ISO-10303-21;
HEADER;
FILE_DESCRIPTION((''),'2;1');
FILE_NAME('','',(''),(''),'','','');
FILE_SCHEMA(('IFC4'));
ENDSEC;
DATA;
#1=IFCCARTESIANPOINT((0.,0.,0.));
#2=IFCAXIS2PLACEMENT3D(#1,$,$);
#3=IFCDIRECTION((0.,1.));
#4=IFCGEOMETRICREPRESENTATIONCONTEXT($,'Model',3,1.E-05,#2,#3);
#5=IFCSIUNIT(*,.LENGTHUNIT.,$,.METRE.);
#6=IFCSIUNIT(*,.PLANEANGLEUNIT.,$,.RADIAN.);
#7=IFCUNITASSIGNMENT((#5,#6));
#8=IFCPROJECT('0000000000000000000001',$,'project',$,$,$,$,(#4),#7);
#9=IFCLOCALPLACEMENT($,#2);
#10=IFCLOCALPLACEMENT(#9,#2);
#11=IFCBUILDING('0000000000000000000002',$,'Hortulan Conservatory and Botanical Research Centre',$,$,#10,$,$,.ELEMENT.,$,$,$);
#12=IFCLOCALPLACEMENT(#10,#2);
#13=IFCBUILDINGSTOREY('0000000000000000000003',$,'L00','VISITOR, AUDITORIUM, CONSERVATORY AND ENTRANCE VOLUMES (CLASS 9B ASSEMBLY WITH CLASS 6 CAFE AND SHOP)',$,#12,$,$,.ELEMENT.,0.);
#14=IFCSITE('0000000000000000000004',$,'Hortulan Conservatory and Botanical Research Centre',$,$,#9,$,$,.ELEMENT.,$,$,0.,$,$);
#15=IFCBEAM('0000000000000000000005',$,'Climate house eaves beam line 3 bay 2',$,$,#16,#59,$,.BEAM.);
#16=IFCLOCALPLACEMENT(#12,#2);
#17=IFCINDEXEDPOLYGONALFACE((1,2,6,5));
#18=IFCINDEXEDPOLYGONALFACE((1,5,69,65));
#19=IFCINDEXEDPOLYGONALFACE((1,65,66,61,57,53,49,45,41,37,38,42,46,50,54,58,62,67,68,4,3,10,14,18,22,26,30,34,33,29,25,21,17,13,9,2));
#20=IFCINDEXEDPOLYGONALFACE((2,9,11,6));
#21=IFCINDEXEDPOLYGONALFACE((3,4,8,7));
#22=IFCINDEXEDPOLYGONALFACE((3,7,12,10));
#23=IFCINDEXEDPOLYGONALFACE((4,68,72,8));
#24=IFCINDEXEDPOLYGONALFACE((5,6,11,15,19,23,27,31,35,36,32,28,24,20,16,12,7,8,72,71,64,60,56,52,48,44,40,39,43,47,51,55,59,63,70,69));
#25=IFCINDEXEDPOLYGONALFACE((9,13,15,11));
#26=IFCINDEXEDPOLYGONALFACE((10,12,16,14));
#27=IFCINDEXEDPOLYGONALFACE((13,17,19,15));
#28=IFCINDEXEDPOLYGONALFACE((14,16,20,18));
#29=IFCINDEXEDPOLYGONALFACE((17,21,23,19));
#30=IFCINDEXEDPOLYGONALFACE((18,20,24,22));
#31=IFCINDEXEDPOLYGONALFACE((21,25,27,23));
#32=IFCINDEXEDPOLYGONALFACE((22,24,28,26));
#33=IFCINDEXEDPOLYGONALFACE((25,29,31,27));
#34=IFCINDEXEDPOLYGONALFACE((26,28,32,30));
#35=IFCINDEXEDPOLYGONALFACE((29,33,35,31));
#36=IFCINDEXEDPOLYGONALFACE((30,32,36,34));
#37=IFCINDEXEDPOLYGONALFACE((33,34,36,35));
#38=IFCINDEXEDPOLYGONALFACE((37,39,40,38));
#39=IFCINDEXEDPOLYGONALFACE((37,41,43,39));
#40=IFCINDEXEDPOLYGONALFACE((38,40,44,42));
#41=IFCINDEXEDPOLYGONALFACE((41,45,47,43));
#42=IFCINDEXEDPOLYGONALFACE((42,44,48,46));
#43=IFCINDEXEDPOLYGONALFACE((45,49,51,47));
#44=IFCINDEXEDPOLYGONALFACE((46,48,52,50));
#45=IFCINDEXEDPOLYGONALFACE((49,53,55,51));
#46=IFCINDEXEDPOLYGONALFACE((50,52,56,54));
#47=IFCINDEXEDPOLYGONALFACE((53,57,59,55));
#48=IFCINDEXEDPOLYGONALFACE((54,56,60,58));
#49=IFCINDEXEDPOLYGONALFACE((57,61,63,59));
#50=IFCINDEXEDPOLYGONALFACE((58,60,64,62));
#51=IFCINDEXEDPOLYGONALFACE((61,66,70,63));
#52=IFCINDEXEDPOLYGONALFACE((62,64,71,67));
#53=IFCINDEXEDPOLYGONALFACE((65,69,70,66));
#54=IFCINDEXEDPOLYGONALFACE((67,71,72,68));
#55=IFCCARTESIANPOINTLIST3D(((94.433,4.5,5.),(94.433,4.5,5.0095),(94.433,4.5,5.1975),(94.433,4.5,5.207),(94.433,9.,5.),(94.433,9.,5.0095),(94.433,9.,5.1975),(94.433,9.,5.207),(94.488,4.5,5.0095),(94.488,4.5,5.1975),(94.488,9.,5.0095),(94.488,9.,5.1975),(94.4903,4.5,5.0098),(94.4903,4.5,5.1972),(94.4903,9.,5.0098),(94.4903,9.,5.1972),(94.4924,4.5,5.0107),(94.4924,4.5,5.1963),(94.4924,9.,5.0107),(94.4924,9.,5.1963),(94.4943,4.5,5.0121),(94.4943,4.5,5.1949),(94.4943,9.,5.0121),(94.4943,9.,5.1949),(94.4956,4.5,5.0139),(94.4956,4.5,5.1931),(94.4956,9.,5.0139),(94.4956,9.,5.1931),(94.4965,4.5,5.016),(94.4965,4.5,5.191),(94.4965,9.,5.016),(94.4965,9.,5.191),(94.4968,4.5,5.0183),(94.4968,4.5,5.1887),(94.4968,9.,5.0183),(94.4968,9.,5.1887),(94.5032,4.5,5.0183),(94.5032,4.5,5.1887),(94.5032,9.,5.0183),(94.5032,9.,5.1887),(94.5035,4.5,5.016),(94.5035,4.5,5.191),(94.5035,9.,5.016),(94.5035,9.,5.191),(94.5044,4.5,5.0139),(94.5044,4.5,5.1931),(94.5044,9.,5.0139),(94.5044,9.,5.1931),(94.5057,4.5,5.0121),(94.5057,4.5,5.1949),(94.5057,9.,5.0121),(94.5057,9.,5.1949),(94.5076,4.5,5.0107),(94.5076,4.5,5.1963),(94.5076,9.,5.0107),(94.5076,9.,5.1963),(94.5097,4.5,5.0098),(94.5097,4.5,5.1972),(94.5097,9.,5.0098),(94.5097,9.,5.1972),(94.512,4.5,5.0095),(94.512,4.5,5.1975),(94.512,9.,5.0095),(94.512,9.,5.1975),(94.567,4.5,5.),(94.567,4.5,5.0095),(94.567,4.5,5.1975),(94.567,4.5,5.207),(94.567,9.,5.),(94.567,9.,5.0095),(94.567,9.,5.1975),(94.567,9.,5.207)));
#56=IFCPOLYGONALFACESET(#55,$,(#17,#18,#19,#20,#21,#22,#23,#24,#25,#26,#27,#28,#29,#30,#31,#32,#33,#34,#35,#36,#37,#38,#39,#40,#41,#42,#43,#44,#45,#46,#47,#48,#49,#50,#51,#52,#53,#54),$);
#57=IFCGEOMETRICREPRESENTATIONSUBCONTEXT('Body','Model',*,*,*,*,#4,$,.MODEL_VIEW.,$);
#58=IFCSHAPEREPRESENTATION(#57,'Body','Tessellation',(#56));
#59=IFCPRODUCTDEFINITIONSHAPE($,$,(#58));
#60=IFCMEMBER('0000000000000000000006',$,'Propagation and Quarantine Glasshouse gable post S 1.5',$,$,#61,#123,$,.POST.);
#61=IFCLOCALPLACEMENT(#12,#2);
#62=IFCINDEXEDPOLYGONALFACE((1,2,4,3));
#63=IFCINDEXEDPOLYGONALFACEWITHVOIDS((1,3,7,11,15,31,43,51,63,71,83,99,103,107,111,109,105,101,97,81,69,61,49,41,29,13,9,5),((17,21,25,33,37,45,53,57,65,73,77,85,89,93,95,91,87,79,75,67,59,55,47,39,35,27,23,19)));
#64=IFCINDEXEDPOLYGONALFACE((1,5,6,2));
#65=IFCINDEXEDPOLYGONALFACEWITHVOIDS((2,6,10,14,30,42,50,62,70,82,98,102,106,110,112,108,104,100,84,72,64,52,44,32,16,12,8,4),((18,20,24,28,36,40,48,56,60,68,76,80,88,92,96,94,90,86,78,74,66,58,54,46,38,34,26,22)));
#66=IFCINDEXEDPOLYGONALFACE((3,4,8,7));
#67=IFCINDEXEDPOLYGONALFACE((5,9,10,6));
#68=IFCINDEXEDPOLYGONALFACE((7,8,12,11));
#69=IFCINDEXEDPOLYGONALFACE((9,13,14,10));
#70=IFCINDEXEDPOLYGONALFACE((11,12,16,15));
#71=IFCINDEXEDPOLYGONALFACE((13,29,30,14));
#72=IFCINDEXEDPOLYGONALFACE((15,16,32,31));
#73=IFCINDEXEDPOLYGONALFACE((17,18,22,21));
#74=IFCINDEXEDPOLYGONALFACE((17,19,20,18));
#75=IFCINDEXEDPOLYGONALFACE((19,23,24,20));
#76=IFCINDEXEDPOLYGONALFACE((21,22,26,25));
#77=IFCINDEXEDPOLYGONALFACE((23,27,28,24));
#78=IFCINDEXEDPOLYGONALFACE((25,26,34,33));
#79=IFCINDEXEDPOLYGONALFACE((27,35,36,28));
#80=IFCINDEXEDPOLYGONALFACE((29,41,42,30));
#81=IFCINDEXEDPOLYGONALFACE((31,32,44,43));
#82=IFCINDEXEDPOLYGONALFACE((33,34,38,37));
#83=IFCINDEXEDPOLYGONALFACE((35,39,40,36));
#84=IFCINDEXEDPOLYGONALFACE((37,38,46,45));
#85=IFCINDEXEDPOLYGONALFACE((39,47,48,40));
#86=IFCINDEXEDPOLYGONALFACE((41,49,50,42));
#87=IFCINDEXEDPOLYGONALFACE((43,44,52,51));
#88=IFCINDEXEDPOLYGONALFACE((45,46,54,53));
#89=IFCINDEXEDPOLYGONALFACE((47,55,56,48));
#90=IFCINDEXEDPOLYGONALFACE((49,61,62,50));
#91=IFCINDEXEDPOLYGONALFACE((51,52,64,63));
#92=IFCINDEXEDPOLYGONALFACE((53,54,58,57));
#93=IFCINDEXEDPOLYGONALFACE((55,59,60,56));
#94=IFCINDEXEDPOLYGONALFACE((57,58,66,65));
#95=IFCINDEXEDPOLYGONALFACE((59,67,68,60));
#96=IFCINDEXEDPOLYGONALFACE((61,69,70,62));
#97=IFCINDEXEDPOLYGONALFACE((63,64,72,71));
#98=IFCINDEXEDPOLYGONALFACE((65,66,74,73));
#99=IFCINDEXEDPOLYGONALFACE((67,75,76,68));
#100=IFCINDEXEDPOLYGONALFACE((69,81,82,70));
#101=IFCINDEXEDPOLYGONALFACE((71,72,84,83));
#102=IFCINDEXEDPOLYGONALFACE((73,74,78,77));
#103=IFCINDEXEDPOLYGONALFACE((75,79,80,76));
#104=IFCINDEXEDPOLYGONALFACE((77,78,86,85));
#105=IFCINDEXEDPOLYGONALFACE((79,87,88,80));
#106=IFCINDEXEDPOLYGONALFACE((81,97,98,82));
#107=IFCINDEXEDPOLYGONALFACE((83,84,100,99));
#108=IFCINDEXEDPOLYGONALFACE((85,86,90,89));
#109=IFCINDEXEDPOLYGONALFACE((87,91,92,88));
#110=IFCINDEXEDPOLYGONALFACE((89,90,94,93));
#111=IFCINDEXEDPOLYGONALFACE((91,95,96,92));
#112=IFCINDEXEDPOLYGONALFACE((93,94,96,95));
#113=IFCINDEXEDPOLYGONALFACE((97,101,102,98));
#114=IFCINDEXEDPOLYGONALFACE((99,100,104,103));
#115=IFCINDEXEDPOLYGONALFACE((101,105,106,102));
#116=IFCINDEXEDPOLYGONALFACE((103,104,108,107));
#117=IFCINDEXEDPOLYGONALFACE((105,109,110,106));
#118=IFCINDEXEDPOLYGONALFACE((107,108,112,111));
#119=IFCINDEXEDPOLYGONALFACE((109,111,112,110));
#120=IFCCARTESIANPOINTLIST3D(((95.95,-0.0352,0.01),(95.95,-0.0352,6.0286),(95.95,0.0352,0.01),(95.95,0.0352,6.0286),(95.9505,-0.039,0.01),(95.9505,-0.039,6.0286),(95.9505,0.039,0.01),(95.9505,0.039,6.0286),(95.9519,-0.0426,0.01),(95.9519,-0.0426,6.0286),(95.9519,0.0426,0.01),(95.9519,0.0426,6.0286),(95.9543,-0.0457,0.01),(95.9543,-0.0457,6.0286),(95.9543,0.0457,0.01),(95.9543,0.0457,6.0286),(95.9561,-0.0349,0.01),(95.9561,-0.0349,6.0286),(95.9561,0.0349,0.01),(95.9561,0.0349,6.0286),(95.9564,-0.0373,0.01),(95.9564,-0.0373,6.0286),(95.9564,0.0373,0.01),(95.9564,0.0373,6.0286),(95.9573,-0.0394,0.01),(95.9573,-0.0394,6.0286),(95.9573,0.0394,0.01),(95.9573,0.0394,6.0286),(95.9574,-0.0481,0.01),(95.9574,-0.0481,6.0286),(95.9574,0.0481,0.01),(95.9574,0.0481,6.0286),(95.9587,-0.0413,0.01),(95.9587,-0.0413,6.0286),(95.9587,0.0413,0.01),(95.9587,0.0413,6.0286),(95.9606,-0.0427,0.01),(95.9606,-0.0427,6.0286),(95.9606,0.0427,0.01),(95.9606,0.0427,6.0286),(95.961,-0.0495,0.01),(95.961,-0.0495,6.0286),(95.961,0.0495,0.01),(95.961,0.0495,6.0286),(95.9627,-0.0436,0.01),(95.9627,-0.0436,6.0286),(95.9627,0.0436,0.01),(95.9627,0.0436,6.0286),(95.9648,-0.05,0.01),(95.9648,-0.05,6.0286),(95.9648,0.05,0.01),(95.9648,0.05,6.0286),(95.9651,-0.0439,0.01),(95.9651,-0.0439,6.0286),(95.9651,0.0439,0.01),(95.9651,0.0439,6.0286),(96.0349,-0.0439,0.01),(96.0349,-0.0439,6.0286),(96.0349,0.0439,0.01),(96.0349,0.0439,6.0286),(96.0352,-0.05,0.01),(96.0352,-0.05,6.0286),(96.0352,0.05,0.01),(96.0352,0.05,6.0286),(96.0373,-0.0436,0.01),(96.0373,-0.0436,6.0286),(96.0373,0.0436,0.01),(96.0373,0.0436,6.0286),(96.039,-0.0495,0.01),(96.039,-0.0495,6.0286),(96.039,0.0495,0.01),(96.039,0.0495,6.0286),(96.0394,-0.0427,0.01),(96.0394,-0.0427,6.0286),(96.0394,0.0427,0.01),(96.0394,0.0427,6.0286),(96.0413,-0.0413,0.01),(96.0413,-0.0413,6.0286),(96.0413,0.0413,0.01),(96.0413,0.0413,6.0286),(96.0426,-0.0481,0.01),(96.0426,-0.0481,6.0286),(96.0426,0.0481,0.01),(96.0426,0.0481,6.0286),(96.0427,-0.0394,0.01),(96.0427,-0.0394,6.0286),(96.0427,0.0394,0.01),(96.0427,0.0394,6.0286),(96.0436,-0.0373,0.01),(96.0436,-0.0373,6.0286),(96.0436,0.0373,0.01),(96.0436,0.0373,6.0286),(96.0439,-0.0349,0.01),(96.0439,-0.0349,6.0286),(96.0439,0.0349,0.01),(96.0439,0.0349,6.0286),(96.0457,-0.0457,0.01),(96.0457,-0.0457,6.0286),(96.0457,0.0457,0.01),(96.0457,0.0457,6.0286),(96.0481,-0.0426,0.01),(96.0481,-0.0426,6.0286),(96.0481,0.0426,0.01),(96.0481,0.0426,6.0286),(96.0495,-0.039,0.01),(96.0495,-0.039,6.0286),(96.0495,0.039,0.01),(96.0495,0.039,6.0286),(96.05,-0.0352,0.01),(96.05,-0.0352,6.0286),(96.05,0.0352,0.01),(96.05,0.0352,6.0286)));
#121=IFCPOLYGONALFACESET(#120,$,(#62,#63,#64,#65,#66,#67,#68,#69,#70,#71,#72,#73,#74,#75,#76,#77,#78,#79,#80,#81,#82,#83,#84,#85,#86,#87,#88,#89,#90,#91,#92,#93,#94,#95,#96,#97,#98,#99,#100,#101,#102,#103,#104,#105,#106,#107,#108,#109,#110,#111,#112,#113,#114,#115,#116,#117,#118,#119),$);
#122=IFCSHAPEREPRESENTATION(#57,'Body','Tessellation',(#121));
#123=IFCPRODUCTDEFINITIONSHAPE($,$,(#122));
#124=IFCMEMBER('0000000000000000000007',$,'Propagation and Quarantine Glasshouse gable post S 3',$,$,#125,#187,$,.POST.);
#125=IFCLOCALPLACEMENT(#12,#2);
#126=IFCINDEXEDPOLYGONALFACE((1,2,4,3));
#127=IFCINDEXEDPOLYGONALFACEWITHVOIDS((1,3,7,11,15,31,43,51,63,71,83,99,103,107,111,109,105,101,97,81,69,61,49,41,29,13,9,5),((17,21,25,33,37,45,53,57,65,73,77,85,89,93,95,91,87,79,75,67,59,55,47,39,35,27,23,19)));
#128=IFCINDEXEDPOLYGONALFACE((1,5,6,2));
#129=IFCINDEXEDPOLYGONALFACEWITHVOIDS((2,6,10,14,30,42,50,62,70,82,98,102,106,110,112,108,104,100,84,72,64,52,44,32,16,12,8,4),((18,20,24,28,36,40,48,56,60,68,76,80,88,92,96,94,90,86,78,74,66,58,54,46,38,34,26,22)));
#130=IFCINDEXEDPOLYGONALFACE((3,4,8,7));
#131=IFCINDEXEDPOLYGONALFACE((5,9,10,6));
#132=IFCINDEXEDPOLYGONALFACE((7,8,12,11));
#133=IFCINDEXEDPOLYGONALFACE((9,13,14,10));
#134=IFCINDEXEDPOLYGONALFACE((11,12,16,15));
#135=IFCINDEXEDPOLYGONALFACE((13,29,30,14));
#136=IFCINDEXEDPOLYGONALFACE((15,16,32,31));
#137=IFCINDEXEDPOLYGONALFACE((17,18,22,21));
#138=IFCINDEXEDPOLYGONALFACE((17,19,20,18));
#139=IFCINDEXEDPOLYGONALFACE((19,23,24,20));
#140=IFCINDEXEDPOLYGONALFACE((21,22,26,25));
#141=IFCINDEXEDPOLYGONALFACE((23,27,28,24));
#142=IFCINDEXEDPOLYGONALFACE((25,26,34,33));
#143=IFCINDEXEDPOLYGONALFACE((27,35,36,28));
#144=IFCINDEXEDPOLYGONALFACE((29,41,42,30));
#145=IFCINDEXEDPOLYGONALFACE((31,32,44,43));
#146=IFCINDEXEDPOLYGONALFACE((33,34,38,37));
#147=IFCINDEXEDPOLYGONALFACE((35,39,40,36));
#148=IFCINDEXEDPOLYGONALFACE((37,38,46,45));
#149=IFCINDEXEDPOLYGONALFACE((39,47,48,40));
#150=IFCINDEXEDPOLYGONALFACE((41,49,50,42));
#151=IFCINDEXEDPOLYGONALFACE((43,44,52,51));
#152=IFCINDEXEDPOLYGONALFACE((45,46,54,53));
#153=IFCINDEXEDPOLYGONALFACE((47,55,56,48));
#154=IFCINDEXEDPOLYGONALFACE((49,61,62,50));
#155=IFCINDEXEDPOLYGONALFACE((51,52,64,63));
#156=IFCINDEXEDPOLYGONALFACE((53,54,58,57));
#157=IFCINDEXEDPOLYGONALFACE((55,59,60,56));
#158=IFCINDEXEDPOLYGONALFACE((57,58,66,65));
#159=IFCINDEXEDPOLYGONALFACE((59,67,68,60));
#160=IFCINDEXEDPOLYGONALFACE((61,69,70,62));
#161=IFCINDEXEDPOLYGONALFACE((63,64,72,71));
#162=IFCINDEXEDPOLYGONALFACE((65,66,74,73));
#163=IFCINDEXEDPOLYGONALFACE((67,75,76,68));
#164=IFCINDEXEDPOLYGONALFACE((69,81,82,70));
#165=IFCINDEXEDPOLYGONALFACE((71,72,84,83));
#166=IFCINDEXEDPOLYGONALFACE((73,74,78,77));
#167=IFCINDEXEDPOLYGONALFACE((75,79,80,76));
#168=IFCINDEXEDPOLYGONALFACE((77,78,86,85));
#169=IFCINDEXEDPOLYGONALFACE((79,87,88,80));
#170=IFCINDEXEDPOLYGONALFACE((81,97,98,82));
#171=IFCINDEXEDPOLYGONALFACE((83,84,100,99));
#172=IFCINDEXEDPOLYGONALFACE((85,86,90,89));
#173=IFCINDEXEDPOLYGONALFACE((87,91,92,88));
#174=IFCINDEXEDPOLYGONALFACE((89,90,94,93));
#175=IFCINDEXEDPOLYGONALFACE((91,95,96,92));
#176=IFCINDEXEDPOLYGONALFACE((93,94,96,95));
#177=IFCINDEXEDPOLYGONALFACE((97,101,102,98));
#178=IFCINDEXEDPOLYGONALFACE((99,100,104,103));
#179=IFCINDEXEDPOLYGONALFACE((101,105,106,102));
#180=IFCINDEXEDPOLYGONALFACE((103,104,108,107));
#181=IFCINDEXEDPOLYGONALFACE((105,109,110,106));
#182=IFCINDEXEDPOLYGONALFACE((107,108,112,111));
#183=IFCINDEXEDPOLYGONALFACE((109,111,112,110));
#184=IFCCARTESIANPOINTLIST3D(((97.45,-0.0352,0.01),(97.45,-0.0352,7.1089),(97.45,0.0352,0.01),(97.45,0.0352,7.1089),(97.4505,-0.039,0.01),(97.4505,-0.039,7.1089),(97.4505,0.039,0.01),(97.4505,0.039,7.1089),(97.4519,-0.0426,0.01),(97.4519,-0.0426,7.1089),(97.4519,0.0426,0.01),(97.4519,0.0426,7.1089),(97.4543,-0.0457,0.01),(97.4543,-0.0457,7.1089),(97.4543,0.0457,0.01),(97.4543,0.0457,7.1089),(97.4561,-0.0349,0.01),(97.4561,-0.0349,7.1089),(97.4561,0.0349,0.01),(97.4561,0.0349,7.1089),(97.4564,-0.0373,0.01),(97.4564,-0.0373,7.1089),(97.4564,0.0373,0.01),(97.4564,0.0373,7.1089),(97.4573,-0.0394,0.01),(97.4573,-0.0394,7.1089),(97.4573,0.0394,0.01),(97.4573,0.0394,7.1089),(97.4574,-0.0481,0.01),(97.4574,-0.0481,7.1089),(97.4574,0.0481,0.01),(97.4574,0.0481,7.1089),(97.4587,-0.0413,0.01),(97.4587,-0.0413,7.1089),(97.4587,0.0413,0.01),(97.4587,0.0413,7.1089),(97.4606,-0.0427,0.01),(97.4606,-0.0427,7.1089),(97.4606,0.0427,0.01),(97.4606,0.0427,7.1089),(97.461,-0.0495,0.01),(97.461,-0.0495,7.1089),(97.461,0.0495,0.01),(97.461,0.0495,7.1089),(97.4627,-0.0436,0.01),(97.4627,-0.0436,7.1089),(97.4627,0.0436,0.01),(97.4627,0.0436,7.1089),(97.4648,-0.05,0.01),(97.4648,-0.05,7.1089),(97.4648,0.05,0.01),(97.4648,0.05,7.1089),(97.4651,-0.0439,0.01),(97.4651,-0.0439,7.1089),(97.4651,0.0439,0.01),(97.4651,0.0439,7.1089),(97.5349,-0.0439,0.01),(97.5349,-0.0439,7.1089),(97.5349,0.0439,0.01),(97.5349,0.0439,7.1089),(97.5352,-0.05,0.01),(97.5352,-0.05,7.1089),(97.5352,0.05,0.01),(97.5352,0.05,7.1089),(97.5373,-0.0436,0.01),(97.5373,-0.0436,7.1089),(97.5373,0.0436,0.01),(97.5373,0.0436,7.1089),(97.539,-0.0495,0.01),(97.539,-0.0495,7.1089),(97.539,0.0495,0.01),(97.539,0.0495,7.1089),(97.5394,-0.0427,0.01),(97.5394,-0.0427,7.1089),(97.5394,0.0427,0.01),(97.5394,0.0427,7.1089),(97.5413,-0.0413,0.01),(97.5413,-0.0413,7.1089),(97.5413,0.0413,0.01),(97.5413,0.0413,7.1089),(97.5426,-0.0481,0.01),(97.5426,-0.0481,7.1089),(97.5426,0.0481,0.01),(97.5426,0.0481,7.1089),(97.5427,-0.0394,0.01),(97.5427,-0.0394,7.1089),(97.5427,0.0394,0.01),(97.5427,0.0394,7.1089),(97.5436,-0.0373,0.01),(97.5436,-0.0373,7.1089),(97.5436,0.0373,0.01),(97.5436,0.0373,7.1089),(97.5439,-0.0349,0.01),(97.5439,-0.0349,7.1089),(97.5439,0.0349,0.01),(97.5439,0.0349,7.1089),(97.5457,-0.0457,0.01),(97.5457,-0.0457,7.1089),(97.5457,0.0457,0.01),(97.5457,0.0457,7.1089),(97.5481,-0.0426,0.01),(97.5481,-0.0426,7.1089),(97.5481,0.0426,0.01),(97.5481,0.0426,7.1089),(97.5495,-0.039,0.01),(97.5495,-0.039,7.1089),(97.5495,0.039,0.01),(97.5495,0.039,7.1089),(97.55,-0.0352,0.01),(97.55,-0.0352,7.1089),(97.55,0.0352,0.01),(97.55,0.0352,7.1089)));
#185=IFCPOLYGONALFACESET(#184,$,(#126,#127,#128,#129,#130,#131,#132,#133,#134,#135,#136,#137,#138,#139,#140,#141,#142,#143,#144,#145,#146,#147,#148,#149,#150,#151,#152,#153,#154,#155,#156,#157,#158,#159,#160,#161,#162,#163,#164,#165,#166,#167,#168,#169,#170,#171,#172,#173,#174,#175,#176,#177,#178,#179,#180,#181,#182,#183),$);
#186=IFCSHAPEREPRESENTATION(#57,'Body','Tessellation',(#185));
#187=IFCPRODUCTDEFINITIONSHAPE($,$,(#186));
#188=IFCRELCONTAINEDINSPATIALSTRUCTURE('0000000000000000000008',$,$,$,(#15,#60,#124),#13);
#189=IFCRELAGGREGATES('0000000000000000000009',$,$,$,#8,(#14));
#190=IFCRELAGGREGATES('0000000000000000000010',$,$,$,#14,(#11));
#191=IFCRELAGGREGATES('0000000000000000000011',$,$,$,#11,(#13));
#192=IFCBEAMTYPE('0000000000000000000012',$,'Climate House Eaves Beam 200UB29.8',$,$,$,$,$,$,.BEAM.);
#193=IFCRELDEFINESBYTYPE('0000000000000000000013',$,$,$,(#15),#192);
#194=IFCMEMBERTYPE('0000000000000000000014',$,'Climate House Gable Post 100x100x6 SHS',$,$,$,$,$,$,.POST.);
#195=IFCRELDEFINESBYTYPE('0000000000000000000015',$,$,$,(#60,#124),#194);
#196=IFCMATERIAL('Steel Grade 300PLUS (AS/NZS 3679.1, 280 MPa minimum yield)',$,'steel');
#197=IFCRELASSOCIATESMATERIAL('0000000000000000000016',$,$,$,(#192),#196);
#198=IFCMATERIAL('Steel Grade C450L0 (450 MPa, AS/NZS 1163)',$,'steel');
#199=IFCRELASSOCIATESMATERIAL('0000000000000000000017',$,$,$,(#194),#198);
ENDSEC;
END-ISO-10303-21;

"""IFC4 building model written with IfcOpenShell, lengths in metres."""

from ifc_helpers import new_model, si_unit, direction, frame, origin, origin_2d, place, context, subcontext, project, spatial, hollow_rectangle, i_section, extrude, material, material_profile, profile_set, type_object, element, save


model = new_model("IFC4")

# Units and contexts
model_context = context("Model", 3, precision=1e-05, world=origin(), true_north=direction((0.0, 1.0)))
body_context = subcontext(model_context, "Body", "Model", "MODEL_VIEW")
ifc_project = project(units=[si_unit("LENGTHUNIT", "METRE"), si_unit("PLANEANGLEUNIT", "RADIAN")], contexts=[model_context])

# Site, building, storey
site_placement = place(None, origin())
site = spatial("IfcSite", under=ifc_project, at=site_placement, Name="Hortulan Conservatory and Botanical Research Centre", CompositionType="ELEMENT", RefElevation=0.0)
building_placement = place(site_placement, origin())
building = spatial("IfcBuilding", under=site, at=building_placement, Name="Hortulan Conservatory and Botanical Research Centre", CompositionType="ELEMENT")
storey_placement = place(building_placement, origin())
storey = spatial("IfcBuildingStorey", under=building, at=storey_placement, Name="L00", Description="VISITOR, AUDITORIUM, CONSERVATORY AND ENTRANCE VOLUMES (CLASS 9B ASSEMBLY WITH CLASS 6 CAFE AND SHOP)", CompositionType="ELEMENT", Elevation=0.0)

# Shared definitions
ifc_material_1 = material(Name="Steel Grade 300PLUS (AS/NZS 3679.1, 280 MPa minimum yield)", Category="steel")

# Beam
ifc_material_profile_1 = material_profile(ifc_material_1, i_section(OverallWidth=0.134, OverallDepth=0.207, WebThickness=0.0063, FlangeThickness=0.0095, FilletRadius=0.0088, at=origin_2d()), Name="200UB29.8")
ifc_profile_set_1 = profile_set([ifc_material_profile_1], Name="Steel Grade 300PLUS (AS/NZS 3679.1, 280 MPa minimum yield)")
beam_type = type_object("IfcBeamType", Name="Climate House Eaves Beam 200UB29.8", PredefinedType="BEAM", material=ifc_profile_set_1)
beam_placement = place(storey_placement, frame((94.5, 4.5, 5.1035), z_axis=(0.0, 1.0, 0.0), x_axis=(-1.0, 0.0, 0.0)))
element("IfcBeam", 1, at=beam_placement, inside=storey, type_object=beam_type, Name="Climate house eaves beam line 3 bay 2", PredefinedType="BEAM", context=body_context, shape_type="SweptSolid", body=[
    extrude(i_section(OverallWidth=0.134, OverallDepth=0.207, WebThickness=0.0063, FlangeThickness=0.0095, FilletRadius=0.0088, at=origin_2d()), origin(), (0.0, 0.0, 1.0), 4.5),
])

# Members
ifc_material_2 = material(Name="Steel Grade C450L0 (450 MPa, AS/NZS 1163)", Category="steel")
ifc_material_profile_2 = material_profile(ifc_material_2, hollow_rectangle(XDim=0.1001, YDim=0.1001, WallThickness=0.0061, InnerFilletRadius=0.009, OuterFilletRadius=0.0149, at=origin_2d()), Name="100x100x6SHS")
ifc_profile_set_2 = profile_set([ifc_material_profile_2], Name="Steel Grade C450L0 (450 MPa, AS/NZS 1163)")
member_type_1 = type_object("IfcMemberType", Name="Climate House Gable Post 100x100x6 SHS", PredefinedType="POST", material=ifc_profile_set_2)
member_1_placement = place(storey_placement, frame((96.0, 0.0, 0.01), z_axis=(0.0, 0.0, 1.0), x_axis=(1.0, 0.0, 0.0)))
element("IfcMember", 2, at=member_1_placement, inside=storey, type_object=member_type_1, Name="Propagation and Quarantine Glasshouse gable post S 1.5", PredefinedType="POST", context=body_context, shape_type="SweptSolid", body=[
    extrude(hollow_rectangle(XDim=0.1001, YDim=0.1001, WallThickness=0.0061, InnerFilletRadius=0.009, OuterFilletRadius=0.0149, at=origin_2d()), origin(), (0.0, 0.0, 1.0), 6.0186),
])
member_2_placement = place(storey_placement, frame((97.5, 0.0, 0.01), z_axis=(0.0, 0.0, 1.0), x_axis=(1.0, 0.0, 0.0)))
element("IfcMember", 3, at=member_2_placement, inside=storey, type_object=member_type_1, Name="Propagation and Quarantine Glasshouse gable post S 3", PredefinedType="POST", context=body_context, shape_type="SweptSolid", body=[
    extrude(hollow_rectangle(XDim=0.1001, YDim=0.1001, WallThickness=0.0061, InnerFilletRadius=0.009, OuterFilletRadius=0.0149, at=origin_2d()), origin(), (0.0, 0.0, 1.0), 7.0989),
])

save(model, "model.ifc")
